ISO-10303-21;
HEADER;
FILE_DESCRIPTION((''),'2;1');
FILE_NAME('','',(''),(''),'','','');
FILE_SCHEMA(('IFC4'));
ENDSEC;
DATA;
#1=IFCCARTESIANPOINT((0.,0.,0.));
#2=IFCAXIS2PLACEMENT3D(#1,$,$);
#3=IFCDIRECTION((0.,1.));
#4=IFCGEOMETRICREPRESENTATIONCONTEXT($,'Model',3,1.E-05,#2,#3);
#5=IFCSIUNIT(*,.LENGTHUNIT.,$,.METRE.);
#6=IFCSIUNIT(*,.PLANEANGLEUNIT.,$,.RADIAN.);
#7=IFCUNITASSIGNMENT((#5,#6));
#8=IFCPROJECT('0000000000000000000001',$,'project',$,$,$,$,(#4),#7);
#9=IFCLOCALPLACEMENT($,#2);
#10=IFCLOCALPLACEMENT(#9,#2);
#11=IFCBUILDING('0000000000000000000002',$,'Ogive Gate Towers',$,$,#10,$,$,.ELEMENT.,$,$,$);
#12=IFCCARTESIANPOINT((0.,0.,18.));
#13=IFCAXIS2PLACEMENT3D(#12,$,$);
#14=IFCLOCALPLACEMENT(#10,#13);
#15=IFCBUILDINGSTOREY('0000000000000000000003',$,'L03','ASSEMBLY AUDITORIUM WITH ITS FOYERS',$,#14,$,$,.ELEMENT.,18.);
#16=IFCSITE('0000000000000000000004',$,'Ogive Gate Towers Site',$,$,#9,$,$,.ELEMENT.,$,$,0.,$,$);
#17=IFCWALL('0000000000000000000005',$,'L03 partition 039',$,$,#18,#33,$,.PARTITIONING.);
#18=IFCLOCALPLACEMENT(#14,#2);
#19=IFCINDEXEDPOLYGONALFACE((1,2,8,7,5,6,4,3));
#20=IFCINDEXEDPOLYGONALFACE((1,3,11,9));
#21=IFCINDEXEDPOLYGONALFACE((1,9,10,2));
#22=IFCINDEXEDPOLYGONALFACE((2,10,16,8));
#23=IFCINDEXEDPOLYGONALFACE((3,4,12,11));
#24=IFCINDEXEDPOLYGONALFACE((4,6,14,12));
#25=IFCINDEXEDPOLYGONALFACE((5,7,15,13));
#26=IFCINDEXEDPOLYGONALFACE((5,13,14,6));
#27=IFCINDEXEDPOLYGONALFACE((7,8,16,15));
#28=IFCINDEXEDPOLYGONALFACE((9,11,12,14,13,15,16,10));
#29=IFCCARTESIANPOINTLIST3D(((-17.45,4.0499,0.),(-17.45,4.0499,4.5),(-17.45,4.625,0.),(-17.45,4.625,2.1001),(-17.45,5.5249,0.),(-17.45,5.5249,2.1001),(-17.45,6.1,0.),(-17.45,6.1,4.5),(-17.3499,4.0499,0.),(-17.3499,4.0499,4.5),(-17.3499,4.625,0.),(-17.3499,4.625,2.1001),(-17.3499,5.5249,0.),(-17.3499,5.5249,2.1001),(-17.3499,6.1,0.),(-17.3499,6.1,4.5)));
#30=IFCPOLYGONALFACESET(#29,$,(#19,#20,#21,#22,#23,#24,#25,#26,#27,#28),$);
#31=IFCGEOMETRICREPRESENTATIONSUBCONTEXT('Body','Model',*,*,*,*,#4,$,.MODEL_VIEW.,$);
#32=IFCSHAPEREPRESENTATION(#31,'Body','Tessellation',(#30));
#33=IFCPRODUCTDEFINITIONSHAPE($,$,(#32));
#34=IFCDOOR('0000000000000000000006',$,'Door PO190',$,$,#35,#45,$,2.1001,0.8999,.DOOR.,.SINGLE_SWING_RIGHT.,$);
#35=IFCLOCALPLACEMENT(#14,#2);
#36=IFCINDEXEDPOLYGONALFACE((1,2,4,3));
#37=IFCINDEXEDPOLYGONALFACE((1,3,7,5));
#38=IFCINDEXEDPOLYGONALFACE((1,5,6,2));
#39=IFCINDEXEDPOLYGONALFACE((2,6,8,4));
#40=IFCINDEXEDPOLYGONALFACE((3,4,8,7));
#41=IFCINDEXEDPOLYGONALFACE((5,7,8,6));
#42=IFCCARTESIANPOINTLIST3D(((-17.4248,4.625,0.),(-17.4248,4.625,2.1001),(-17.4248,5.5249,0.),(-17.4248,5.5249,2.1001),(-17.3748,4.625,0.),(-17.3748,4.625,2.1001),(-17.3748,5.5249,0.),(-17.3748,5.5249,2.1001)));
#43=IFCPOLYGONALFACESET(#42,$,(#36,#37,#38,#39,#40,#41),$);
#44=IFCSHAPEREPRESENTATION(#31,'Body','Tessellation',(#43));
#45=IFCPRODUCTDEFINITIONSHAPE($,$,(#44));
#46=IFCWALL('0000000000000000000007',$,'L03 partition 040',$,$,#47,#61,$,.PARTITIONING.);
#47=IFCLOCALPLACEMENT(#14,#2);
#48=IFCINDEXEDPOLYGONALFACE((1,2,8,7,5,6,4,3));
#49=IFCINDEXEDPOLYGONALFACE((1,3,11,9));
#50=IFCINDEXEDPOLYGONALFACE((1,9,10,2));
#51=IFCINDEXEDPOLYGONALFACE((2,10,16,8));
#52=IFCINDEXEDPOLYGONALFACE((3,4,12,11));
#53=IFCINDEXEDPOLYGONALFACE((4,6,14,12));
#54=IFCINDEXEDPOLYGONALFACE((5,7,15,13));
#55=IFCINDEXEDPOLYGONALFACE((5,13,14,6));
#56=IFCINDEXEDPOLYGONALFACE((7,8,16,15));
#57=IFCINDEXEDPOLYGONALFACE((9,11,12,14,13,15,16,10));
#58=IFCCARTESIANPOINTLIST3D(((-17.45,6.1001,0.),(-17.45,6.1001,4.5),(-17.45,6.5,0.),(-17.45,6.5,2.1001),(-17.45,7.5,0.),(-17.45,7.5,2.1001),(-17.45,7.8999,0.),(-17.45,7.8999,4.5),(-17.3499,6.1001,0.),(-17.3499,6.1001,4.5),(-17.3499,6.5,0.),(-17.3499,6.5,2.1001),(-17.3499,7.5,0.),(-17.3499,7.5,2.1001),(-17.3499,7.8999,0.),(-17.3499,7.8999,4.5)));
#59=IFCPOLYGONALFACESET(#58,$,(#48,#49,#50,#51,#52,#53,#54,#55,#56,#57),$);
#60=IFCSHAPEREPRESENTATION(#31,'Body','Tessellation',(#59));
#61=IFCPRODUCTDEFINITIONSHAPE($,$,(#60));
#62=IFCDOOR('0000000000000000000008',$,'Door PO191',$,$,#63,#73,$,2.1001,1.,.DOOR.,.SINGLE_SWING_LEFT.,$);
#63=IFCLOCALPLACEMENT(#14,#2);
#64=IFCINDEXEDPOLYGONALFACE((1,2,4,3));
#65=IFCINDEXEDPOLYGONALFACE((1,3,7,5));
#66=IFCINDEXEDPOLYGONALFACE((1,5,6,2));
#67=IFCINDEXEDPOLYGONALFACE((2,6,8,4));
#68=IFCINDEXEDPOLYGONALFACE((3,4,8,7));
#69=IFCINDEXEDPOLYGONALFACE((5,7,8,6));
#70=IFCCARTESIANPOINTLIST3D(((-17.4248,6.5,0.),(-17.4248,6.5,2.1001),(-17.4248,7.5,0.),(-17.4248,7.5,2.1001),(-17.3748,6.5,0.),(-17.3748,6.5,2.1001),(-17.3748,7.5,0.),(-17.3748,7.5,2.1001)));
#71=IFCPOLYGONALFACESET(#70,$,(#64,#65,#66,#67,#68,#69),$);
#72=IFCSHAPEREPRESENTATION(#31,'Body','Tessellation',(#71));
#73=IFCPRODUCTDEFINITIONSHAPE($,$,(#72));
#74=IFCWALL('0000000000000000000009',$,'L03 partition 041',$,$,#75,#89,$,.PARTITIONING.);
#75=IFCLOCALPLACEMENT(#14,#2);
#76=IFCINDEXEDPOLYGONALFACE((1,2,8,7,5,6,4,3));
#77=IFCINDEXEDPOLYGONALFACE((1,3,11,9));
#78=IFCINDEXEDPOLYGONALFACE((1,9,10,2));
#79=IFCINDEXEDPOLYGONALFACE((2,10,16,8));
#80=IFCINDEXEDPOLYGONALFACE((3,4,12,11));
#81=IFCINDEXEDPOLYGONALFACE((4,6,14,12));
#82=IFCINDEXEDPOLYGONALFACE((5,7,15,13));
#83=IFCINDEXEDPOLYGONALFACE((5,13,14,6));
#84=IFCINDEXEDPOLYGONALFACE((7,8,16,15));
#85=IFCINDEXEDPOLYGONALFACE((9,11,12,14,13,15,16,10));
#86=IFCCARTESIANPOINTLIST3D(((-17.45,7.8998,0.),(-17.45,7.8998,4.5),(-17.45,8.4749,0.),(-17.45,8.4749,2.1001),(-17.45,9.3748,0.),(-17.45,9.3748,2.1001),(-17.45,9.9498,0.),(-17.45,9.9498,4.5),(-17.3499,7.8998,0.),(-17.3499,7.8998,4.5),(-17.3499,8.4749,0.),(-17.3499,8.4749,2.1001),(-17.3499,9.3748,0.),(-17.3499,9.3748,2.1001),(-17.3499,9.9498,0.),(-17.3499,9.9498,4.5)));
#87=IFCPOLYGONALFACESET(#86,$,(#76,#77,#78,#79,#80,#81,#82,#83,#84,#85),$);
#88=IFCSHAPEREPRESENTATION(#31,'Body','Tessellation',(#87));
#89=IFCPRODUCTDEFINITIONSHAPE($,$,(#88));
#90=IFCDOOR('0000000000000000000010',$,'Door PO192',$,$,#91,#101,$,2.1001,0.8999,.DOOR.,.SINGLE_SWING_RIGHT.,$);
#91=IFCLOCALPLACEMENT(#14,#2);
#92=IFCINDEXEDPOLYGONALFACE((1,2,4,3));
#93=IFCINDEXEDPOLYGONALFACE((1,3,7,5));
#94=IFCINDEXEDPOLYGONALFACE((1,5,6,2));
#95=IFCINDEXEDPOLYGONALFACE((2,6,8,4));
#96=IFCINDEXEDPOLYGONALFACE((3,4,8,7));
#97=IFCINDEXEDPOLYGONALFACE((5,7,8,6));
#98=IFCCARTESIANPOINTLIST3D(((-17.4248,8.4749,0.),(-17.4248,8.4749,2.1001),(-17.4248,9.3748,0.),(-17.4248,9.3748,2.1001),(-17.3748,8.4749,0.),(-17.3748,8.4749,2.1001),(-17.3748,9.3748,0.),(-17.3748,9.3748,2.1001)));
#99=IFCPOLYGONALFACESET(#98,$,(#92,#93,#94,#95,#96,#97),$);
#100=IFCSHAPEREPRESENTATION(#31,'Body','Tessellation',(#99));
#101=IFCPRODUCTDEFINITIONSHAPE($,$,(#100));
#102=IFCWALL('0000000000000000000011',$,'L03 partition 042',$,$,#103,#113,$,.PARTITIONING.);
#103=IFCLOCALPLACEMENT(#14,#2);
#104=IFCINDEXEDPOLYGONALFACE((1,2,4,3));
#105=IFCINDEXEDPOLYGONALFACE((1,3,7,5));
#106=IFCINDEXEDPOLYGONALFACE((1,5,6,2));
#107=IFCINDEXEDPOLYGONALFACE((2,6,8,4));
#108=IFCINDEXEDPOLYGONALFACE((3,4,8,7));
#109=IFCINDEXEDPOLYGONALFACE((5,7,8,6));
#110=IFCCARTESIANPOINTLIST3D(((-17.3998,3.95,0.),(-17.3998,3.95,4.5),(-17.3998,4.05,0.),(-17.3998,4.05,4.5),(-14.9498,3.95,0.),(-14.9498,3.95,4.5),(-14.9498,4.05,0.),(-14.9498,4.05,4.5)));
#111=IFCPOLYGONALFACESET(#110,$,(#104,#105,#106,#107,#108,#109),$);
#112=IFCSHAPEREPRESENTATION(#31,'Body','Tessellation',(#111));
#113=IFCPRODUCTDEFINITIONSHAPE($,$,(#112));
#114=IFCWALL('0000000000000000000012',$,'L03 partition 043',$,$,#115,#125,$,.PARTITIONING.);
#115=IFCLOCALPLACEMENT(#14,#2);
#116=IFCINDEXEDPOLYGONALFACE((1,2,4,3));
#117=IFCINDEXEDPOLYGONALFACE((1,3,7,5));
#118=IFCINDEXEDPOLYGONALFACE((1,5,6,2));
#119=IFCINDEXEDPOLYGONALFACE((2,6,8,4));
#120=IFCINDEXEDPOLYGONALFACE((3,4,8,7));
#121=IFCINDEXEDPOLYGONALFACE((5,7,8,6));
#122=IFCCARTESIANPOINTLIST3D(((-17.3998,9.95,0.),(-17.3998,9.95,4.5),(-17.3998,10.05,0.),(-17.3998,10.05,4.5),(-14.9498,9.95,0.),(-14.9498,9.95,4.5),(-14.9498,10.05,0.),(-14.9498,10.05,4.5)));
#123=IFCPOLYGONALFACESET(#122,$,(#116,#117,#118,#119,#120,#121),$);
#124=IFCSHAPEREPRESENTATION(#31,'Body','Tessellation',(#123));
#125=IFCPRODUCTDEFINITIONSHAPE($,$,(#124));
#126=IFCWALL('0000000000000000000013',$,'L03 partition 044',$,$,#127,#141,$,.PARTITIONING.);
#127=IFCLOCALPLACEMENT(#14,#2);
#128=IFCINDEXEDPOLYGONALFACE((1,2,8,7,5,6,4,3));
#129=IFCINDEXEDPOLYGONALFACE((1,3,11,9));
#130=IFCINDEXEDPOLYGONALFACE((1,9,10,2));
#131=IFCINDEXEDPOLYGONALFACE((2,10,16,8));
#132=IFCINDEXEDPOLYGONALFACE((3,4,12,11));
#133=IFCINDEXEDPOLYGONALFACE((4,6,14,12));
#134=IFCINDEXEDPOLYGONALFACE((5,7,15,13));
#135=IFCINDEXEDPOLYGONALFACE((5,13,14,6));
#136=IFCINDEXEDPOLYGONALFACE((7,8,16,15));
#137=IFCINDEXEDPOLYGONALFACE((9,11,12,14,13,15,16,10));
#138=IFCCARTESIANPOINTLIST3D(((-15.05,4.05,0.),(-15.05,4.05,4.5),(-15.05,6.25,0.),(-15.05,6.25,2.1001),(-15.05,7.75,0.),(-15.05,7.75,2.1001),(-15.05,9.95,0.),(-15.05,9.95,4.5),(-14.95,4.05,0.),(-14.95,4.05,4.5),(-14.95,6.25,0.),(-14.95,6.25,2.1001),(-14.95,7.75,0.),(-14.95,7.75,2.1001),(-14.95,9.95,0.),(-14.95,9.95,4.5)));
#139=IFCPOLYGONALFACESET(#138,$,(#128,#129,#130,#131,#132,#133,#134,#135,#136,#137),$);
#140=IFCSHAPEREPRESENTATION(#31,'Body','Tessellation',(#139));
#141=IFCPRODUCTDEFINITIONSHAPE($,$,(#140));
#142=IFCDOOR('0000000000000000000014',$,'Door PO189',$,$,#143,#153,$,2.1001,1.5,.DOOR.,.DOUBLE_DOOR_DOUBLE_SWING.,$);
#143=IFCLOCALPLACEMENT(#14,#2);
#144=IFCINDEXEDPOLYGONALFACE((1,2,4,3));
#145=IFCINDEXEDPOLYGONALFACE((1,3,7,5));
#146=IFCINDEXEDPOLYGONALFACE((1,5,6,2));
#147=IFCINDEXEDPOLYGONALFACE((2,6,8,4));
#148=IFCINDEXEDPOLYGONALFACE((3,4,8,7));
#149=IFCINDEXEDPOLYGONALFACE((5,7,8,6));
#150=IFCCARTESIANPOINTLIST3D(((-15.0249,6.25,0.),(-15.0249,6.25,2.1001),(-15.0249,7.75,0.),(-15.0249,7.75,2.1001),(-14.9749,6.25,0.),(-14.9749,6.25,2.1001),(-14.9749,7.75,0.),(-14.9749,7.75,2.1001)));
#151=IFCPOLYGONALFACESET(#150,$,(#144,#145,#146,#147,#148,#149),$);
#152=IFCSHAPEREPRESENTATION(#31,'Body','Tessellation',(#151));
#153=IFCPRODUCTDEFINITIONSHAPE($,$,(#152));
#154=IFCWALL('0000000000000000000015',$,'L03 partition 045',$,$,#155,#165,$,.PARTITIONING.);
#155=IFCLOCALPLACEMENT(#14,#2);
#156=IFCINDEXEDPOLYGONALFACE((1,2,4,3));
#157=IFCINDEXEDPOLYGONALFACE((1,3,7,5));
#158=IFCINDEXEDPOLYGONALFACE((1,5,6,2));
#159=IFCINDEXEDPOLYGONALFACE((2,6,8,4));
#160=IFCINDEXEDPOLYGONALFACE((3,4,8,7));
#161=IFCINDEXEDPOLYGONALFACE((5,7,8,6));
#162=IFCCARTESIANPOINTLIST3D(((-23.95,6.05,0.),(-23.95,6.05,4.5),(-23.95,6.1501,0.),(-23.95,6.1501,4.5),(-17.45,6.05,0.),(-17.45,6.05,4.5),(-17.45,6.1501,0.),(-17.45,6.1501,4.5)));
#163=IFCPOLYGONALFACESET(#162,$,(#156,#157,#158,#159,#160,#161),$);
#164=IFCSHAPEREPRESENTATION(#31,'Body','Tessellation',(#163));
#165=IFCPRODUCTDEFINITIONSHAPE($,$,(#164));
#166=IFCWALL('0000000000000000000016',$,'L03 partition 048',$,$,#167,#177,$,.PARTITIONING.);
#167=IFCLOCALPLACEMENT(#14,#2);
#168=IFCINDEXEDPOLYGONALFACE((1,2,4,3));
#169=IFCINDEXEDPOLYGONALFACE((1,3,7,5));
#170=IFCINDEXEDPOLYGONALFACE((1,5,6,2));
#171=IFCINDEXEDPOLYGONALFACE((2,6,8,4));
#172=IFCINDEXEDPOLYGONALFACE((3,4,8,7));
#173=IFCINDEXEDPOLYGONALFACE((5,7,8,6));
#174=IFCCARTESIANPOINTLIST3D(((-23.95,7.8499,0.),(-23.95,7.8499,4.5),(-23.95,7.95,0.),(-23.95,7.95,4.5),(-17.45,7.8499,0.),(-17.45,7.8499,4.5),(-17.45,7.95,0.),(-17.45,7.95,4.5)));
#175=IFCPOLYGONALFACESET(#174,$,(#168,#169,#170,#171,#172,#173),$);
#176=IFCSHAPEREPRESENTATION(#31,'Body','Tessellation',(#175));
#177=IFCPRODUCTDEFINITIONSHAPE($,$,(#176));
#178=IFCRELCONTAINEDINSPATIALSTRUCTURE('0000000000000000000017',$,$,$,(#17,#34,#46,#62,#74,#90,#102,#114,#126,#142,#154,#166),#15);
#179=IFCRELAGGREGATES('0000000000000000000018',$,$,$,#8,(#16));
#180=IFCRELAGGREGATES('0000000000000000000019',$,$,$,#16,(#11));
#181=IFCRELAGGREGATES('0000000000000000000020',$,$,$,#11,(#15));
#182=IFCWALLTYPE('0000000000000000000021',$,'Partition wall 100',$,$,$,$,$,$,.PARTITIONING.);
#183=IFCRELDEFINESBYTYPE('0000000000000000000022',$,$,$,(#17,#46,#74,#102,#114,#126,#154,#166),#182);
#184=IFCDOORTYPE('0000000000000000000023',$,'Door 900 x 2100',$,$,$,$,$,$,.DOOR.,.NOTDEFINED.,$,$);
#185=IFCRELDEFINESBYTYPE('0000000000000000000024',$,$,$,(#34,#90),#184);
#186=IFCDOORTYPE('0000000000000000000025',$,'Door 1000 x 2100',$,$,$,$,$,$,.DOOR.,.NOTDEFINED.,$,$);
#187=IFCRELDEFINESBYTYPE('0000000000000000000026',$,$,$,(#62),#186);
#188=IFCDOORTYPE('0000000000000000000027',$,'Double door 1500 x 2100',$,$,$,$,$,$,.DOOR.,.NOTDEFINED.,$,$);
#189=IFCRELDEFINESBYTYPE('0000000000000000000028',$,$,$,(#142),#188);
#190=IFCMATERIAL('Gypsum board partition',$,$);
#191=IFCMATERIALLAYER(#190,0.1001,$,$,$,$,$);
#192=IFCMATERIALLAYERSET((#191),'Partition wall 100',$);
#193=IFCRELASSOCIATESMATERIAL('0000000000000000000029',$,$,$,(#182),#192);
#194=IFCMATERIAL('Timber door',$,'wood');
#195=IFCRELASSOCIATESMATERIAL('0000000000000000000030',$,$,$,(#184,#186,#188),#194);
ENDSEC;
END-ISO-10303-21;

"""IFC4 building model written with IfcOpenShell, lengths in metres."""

from ifc_helpers import new_model, si_unit, direction, frame, frame_2d, origin, place, context, subcontext, project, spatial, rectangle, extrude, material, layer, layer_set, type_object, element, fill, save


model = new_model("IFC4")

# Units and contexts
model_context = context("Model", 3, precision=1e-05, world=origin(), true_north=direction((0.0, 1.0)))
body_context = subcontext(model_context, "Body", "Model", "MODEL_VIEW")
ifc_project = project(units=[si_unit("LENGTHUNIT", "METRE"), si_unit("PLANEANGLEUNIT", "RADIAN")], contexts=[model_context])

# Site, building, storey
site_placement = place(None, origin())
site = spatial("IfcSite", under=ifc_project, at=site_placement, Name="Ogive Gate Towers Site", CompositionType="ELEMENT", RefElevation=0.0)
building_placement = place(site_placement, origin())
building = spatial("IfcBuilding", under=site, at=building_placement, Name="Ogive Gate Towers", CompositionType="ELEMENT")
storey_placement = place(building_placement, frame((0.0, 0.0, 18.0)))
storey = spatial("IfcBuildingStorey", under=building, at=storey_placement, Name="L03", Description="ASSEMBLY AUDITORIUM WITH ITS FOYERS", CompositionType="ELEMENT", Elevation=18.0)

# Walls, openings, doors
ifc_material_1 = material(Name="Gypsum board partition")
ifc_layer_1 = layer(ifc_material_1, 0.1001)
ifc_layer_set_1 = layer_set([ifc_layer_1], Name="Partition wall 100")
wall_type_1 = type_object("IfcWallType", Name="Partition wall 100", PredefinedType="PARTITIONING", material=ifc_layer_set_1)
wall_1_placement = place(storey_placement, frame((-17.3999, 4.05, 0.0), z_axis=(0.0, 0.0, 1.0), x_axis=(0.0, 1.0, 0.0)))
wall_1 = element("IfcWall", 1, at=wall_1_placement, inside=storey, type_object=wall_type_1, Name="L03 partition 039", PredefinedType="PARTITIONING", context=body_context, shape_type="SweptSolid", body=[
    extrude(rectangle(XDim=2.05, YDim=0.1001, at=frame_2d((1.0249, 0.0))), origin(), (0.0, 0.0, 1.0), 4.5),
])
opening_1_placement = place(wall_1_placement, frame((0.575, 0.0, 0.0)))
opening_1 = element("IfcOpeningElement", 2, at=opening_1_placement, cuts=wall_1, PredefinedType="OPENING", context=body_context, shape_type="SweptSolid", body=[
    extrude(rectangle(XDim=0.8999, YDim=2.1001, at=frame_2d((0.45, 1.05))), frame((0.0, 0.0601, 0.0), z_axis=(0.0, -1.0, 0.0), x_axis=(1.0, 0.0, 0.0)), (0.0, 0.0, 1.0), 0.1201),
])
ifc_material_2 = material(Name="Timber door", Category="wood")
door_type_1 = type_object("IfcDoorType", Name="Door 900 x 2100", OperationType="NOTDEFINED", PredefinedType="DOOR", material=ifc_material_2)
door_1_placement = place(opening_1_placement, origin())
door_1 = element("IfcDoor", 3, at=door_1_placement, inside=storey, type_object=door_type_1, Name="Door PO190", OperationType="SINGLE_SWING_RIGHT", OverallHeight=2.1001, OverallWidth=0.8999, PredefinedType="DOOR", context=body_context, shape_type="SweptSolid", body=[
    extrude(rectangle(XDim=0.8999, YDim=2.1001, at=frame_2d((0.45, 1.05))), frame((0.0, 0.0249, 0.0), z_axis=(0.0, -1.0, 0.0), x_axis=(1.0, 0.0, 0.0)), (0.0, 0.0, 1.0), 0.05),
])
fill(opening_1, door_1)
wall_2_placement = place(storey_placement, frame((-17.3999, 6.1001, 0.0), z_axis=(0.0, 0.0, 1.0), x_axis=(0.0, 1.0, 0.0)))
wall_2 = element("IfcWall", 4, at=wall_2_placement, inside=storey, type_object=wall_type_1, Name="L03 partition 040", PredefinedType="PARTITIONING", context=body_context, shape_type="SweptSolid", body=[
    extrude(rectangle(XDim=1.7998, YDim=0.1001, at=frame_2d((0.8999, 0.0))), origin(), (0.0, 0.0, 1.0), 4.5),
])
opening_2_placement = place(wall_2_placement, frame((0.3999, 0.0, 0.0)))
opening_2 = element("IfcOpeningElement", 5, at=opening_2_placement, cuts=wall_2, PredefinedType="OPENING", context=body_context, shape_type="SweptSolid", body=[
    extrude(rectangle(XDim=1.0, YDim=2.1001, at=frame_2d((0.5, 1.05))), frame((0.0, 0.0601, 0.0), z_axis=(0.0, -1.0, 0.0), x_axis=(1.0, 0.0, 0.0)), (0.0, 0.0, 1.0), 0.1201),
])
door_type_2 = type_object("IfcDoorType", Name="Door 1000 x 2100", OperationType="NOTDEFINED", PredefinedType="DOOR", material=ifc_material_2)
door_2_placement = place(opening_2_placement, origin())
door_2 = element("IfcDoor", 6, at=door_2_placement, inside=storey, type_object=door_type_2, Name="Door PO191", OperationType="SINGLE_SWING_LEFT", OverallHeight=2.1001, OverallWidth=1.0, PredefinedType="DOOR", context=body_context, shape_type="SweptSolid", body=[
    extrude(rectangle(XDim=1.0, YDim=2.1001, at=frame_2d((0.5, 1.05))), frame((0.0, 0.0249, 0.0), z_axis=(0.0, -1.0, 0.0), x_axis=(1.0, 0.0, 0.0)), (0.0, 0.0, 1.0), 0.05),
])
fill(opening_2, door_2)
wall_3_placement = place(storey_placement, frame((-17.3999, 7.8999, 0.0), z_axis=(0.0, 0.0, 1.0), x_axis=(0.0, 1.0, 0.0)))
wall_3 = element("IfcWall", 7, at=wall_3_placement, inside=storey, type_object=wall_type_1, Name="L03 partition 041", PredefinedType="PARTITIONING", context=body_context, shape_type="SweptSolid", body=[
    extrude(rectangle(XDim=2.05, YDim=0.1001, at=frame_2d((1.0249, 0.0))), origin(), (0.0, 0.0, 1.0), 4.5),
])
opening_3_placement = place(wall_3_placement, frame((0.575, 0.0, 0.0)))
opening_3 = element("IfcOpeningElement", 8, at=opening_3_placement, cuts=wall_3, PredefinedType="OPENING", context=body_context, shape_type="SweptSolid", body=[
    extrude(rectangle(XDim=0.8999, YDim=2.1001, at=frame_2d((0.45, 1.05))), frame((0.0, 0.0601, 0.0), z_axis=(0.0, -1.0, 0.0), x_axis=(1.0, 0.0, 0.0)), (0.0, 0.0, 1.0), 0.1201),
])
door_3_placement = place(opening_3_placement, origin())
door_3 = element("IfcDoor", 9, at=door_3_placement, inside=storey, type_object=door_type_1, Name="Door PO192", OperationType="SINGLE_SWING_RIGHT", OverallHeight=2.1001, OverallWidth=0.8999, PredefinedType="DOOR", context=body_context, shape_type="SweptSolid", body=[
    extrude(rectangle(XDim=0.8999, YDim=2.1001, at=frame_2d((0.45, 1.05))), frame((0.0, 0.0249, 0.0), z_axis=(0.0, -1.0, 0.0), x_axis=(1.0, 0.0, 0.0)), (0.0, 0.0, 1.0), 0.05),
])
fill(opening_3, door_3)

# Walls
for number, where, z_axis, x_axis, name in (
    (10, (-17.3999, 4.0, 0.0), (0.0, 0.0, 1.0), (1.0, 0.0, 0.0), "L03 partition 042"),
    (11, (-17.3999, 10.0, 0.0), (0.0, 0.0, 1.0), (1.0, 0.0, 0.0), "L03 partition 043"),
):
    element("IfcWall", number, at=place(storey_placement, frame(where, z_axis=z_axis, x_axis=x_axis)), inside=storey, type_object=wall_type_1, Name=name, PredefinedType="PARTITIONING", context=body_context, shape_type="SweptSolid", body=[
        extrude(rectangle(XDim=2.45, YDim=0.1001, at=frame_2d((1.2251, 0.0))), origin(), (0.0, 0.0, 1.0), 4.5),
    ])

# Wall, opening, door
wall_4_placement = place(storey_placement, frame((-15.0, 4.05, 0.0), z_axis=(0.0, 0.0, 1.0), x_axis=(0.0, 1.0, 0.0)))
wall_4 = element("IfcWall", 12, at=wall_4_placement, inside=storey, type_object=wall_type_1, Name="L03 partition 044", PredefinedType="PARTITIONING", context=body_context, shape_type="SweptSolid", body=[
    extrude(rectangle(XDim=5.8999, YDim=0.1001, at=frame_2d((2.95, 0.0))), origin(), (0.0, 0.0, 1.0), 4.5),
])
opening_4_placement = place(wall_4_placement, frame((2.2, 0.0, 0.0)))
opening_4 = element("IfcOpeningElement", 13, at=opening_4_placement, cuts=wall_4, PredefinedType="OPENING", context=body_context, shape_type="SweptSolid", body=[
    extrude(rectangle(XDim=1.5, YDim=2.1001, at=frame_2d((0.75, 1.05))), frame((0.0, 0.0601, 0.0), z_axis=(0.0, -1.0, 0.0), x_axis=(1.0, 0.0, 0.0)), (0.0, 0.0, 1.0), 0.1201),
])
door_type_3 = type_object("IfcDoorType", Name="Double door 1500 x 2100", OperationType="NOTDEFINED", PredefinedType="DOOR", material=ifc_material_2)
door_4_placement = place(opening_4_placement, origin())
door_4 = element("IfcDoor", 14, at=door_4_placement, inside=storey, type_object=door_type_3, Name="Door PO189", OperationType="DOUBLE_DOOR_DOUBLE_SWING", OverallHeight=2.1001, OverallWidth=1.5, PredefinedType="DOOR", context=body_context, shape_type="SweptSolid", body=[
    extrude(rectangle(XDim=1.5, YDim=2.1001, at=frame_2d((0.75, 1.05))), frame((0.0, 0.0249, 0.0), z_axis=(0.0, -1.0, 0.0), x_axis=(1.0, 0.0, 0.0)), (0.0, 0.0, 1.0), 0.05),
])
fill(opening_4, door_4)

# Walls
for number, where, z_axis, x_axis, name in (
    (15, (-23.95, 6.1001, 0.0), (0.0, 0.0, 1.0), (1.0, 0.0, 0.0), "L03 partition 045"),
    (16, (-23.95, 7.8999, 0.0), (0.0, 0.0, 1.0), (1.0, 0.0, 0.0), "L03 partition 048"),
):
    element("IfcWall", number, at=place(storey_placement, frame(where, z_axis=z_axis, x_axis=x_axis)), inside=storey, type_object=wall_type_1, Name=name, PredefinedType="PARTITIONING", context=body_context, shape_type="SweptSolid", body=[
        extrude(rectangle(XDim=6.5, YDim=0.1001, at=frame_2d((3.25, 0.0))), origin(), (0.0, 0.0, 1.0), 4.5),
    ])

save(model, "model.ifc")
